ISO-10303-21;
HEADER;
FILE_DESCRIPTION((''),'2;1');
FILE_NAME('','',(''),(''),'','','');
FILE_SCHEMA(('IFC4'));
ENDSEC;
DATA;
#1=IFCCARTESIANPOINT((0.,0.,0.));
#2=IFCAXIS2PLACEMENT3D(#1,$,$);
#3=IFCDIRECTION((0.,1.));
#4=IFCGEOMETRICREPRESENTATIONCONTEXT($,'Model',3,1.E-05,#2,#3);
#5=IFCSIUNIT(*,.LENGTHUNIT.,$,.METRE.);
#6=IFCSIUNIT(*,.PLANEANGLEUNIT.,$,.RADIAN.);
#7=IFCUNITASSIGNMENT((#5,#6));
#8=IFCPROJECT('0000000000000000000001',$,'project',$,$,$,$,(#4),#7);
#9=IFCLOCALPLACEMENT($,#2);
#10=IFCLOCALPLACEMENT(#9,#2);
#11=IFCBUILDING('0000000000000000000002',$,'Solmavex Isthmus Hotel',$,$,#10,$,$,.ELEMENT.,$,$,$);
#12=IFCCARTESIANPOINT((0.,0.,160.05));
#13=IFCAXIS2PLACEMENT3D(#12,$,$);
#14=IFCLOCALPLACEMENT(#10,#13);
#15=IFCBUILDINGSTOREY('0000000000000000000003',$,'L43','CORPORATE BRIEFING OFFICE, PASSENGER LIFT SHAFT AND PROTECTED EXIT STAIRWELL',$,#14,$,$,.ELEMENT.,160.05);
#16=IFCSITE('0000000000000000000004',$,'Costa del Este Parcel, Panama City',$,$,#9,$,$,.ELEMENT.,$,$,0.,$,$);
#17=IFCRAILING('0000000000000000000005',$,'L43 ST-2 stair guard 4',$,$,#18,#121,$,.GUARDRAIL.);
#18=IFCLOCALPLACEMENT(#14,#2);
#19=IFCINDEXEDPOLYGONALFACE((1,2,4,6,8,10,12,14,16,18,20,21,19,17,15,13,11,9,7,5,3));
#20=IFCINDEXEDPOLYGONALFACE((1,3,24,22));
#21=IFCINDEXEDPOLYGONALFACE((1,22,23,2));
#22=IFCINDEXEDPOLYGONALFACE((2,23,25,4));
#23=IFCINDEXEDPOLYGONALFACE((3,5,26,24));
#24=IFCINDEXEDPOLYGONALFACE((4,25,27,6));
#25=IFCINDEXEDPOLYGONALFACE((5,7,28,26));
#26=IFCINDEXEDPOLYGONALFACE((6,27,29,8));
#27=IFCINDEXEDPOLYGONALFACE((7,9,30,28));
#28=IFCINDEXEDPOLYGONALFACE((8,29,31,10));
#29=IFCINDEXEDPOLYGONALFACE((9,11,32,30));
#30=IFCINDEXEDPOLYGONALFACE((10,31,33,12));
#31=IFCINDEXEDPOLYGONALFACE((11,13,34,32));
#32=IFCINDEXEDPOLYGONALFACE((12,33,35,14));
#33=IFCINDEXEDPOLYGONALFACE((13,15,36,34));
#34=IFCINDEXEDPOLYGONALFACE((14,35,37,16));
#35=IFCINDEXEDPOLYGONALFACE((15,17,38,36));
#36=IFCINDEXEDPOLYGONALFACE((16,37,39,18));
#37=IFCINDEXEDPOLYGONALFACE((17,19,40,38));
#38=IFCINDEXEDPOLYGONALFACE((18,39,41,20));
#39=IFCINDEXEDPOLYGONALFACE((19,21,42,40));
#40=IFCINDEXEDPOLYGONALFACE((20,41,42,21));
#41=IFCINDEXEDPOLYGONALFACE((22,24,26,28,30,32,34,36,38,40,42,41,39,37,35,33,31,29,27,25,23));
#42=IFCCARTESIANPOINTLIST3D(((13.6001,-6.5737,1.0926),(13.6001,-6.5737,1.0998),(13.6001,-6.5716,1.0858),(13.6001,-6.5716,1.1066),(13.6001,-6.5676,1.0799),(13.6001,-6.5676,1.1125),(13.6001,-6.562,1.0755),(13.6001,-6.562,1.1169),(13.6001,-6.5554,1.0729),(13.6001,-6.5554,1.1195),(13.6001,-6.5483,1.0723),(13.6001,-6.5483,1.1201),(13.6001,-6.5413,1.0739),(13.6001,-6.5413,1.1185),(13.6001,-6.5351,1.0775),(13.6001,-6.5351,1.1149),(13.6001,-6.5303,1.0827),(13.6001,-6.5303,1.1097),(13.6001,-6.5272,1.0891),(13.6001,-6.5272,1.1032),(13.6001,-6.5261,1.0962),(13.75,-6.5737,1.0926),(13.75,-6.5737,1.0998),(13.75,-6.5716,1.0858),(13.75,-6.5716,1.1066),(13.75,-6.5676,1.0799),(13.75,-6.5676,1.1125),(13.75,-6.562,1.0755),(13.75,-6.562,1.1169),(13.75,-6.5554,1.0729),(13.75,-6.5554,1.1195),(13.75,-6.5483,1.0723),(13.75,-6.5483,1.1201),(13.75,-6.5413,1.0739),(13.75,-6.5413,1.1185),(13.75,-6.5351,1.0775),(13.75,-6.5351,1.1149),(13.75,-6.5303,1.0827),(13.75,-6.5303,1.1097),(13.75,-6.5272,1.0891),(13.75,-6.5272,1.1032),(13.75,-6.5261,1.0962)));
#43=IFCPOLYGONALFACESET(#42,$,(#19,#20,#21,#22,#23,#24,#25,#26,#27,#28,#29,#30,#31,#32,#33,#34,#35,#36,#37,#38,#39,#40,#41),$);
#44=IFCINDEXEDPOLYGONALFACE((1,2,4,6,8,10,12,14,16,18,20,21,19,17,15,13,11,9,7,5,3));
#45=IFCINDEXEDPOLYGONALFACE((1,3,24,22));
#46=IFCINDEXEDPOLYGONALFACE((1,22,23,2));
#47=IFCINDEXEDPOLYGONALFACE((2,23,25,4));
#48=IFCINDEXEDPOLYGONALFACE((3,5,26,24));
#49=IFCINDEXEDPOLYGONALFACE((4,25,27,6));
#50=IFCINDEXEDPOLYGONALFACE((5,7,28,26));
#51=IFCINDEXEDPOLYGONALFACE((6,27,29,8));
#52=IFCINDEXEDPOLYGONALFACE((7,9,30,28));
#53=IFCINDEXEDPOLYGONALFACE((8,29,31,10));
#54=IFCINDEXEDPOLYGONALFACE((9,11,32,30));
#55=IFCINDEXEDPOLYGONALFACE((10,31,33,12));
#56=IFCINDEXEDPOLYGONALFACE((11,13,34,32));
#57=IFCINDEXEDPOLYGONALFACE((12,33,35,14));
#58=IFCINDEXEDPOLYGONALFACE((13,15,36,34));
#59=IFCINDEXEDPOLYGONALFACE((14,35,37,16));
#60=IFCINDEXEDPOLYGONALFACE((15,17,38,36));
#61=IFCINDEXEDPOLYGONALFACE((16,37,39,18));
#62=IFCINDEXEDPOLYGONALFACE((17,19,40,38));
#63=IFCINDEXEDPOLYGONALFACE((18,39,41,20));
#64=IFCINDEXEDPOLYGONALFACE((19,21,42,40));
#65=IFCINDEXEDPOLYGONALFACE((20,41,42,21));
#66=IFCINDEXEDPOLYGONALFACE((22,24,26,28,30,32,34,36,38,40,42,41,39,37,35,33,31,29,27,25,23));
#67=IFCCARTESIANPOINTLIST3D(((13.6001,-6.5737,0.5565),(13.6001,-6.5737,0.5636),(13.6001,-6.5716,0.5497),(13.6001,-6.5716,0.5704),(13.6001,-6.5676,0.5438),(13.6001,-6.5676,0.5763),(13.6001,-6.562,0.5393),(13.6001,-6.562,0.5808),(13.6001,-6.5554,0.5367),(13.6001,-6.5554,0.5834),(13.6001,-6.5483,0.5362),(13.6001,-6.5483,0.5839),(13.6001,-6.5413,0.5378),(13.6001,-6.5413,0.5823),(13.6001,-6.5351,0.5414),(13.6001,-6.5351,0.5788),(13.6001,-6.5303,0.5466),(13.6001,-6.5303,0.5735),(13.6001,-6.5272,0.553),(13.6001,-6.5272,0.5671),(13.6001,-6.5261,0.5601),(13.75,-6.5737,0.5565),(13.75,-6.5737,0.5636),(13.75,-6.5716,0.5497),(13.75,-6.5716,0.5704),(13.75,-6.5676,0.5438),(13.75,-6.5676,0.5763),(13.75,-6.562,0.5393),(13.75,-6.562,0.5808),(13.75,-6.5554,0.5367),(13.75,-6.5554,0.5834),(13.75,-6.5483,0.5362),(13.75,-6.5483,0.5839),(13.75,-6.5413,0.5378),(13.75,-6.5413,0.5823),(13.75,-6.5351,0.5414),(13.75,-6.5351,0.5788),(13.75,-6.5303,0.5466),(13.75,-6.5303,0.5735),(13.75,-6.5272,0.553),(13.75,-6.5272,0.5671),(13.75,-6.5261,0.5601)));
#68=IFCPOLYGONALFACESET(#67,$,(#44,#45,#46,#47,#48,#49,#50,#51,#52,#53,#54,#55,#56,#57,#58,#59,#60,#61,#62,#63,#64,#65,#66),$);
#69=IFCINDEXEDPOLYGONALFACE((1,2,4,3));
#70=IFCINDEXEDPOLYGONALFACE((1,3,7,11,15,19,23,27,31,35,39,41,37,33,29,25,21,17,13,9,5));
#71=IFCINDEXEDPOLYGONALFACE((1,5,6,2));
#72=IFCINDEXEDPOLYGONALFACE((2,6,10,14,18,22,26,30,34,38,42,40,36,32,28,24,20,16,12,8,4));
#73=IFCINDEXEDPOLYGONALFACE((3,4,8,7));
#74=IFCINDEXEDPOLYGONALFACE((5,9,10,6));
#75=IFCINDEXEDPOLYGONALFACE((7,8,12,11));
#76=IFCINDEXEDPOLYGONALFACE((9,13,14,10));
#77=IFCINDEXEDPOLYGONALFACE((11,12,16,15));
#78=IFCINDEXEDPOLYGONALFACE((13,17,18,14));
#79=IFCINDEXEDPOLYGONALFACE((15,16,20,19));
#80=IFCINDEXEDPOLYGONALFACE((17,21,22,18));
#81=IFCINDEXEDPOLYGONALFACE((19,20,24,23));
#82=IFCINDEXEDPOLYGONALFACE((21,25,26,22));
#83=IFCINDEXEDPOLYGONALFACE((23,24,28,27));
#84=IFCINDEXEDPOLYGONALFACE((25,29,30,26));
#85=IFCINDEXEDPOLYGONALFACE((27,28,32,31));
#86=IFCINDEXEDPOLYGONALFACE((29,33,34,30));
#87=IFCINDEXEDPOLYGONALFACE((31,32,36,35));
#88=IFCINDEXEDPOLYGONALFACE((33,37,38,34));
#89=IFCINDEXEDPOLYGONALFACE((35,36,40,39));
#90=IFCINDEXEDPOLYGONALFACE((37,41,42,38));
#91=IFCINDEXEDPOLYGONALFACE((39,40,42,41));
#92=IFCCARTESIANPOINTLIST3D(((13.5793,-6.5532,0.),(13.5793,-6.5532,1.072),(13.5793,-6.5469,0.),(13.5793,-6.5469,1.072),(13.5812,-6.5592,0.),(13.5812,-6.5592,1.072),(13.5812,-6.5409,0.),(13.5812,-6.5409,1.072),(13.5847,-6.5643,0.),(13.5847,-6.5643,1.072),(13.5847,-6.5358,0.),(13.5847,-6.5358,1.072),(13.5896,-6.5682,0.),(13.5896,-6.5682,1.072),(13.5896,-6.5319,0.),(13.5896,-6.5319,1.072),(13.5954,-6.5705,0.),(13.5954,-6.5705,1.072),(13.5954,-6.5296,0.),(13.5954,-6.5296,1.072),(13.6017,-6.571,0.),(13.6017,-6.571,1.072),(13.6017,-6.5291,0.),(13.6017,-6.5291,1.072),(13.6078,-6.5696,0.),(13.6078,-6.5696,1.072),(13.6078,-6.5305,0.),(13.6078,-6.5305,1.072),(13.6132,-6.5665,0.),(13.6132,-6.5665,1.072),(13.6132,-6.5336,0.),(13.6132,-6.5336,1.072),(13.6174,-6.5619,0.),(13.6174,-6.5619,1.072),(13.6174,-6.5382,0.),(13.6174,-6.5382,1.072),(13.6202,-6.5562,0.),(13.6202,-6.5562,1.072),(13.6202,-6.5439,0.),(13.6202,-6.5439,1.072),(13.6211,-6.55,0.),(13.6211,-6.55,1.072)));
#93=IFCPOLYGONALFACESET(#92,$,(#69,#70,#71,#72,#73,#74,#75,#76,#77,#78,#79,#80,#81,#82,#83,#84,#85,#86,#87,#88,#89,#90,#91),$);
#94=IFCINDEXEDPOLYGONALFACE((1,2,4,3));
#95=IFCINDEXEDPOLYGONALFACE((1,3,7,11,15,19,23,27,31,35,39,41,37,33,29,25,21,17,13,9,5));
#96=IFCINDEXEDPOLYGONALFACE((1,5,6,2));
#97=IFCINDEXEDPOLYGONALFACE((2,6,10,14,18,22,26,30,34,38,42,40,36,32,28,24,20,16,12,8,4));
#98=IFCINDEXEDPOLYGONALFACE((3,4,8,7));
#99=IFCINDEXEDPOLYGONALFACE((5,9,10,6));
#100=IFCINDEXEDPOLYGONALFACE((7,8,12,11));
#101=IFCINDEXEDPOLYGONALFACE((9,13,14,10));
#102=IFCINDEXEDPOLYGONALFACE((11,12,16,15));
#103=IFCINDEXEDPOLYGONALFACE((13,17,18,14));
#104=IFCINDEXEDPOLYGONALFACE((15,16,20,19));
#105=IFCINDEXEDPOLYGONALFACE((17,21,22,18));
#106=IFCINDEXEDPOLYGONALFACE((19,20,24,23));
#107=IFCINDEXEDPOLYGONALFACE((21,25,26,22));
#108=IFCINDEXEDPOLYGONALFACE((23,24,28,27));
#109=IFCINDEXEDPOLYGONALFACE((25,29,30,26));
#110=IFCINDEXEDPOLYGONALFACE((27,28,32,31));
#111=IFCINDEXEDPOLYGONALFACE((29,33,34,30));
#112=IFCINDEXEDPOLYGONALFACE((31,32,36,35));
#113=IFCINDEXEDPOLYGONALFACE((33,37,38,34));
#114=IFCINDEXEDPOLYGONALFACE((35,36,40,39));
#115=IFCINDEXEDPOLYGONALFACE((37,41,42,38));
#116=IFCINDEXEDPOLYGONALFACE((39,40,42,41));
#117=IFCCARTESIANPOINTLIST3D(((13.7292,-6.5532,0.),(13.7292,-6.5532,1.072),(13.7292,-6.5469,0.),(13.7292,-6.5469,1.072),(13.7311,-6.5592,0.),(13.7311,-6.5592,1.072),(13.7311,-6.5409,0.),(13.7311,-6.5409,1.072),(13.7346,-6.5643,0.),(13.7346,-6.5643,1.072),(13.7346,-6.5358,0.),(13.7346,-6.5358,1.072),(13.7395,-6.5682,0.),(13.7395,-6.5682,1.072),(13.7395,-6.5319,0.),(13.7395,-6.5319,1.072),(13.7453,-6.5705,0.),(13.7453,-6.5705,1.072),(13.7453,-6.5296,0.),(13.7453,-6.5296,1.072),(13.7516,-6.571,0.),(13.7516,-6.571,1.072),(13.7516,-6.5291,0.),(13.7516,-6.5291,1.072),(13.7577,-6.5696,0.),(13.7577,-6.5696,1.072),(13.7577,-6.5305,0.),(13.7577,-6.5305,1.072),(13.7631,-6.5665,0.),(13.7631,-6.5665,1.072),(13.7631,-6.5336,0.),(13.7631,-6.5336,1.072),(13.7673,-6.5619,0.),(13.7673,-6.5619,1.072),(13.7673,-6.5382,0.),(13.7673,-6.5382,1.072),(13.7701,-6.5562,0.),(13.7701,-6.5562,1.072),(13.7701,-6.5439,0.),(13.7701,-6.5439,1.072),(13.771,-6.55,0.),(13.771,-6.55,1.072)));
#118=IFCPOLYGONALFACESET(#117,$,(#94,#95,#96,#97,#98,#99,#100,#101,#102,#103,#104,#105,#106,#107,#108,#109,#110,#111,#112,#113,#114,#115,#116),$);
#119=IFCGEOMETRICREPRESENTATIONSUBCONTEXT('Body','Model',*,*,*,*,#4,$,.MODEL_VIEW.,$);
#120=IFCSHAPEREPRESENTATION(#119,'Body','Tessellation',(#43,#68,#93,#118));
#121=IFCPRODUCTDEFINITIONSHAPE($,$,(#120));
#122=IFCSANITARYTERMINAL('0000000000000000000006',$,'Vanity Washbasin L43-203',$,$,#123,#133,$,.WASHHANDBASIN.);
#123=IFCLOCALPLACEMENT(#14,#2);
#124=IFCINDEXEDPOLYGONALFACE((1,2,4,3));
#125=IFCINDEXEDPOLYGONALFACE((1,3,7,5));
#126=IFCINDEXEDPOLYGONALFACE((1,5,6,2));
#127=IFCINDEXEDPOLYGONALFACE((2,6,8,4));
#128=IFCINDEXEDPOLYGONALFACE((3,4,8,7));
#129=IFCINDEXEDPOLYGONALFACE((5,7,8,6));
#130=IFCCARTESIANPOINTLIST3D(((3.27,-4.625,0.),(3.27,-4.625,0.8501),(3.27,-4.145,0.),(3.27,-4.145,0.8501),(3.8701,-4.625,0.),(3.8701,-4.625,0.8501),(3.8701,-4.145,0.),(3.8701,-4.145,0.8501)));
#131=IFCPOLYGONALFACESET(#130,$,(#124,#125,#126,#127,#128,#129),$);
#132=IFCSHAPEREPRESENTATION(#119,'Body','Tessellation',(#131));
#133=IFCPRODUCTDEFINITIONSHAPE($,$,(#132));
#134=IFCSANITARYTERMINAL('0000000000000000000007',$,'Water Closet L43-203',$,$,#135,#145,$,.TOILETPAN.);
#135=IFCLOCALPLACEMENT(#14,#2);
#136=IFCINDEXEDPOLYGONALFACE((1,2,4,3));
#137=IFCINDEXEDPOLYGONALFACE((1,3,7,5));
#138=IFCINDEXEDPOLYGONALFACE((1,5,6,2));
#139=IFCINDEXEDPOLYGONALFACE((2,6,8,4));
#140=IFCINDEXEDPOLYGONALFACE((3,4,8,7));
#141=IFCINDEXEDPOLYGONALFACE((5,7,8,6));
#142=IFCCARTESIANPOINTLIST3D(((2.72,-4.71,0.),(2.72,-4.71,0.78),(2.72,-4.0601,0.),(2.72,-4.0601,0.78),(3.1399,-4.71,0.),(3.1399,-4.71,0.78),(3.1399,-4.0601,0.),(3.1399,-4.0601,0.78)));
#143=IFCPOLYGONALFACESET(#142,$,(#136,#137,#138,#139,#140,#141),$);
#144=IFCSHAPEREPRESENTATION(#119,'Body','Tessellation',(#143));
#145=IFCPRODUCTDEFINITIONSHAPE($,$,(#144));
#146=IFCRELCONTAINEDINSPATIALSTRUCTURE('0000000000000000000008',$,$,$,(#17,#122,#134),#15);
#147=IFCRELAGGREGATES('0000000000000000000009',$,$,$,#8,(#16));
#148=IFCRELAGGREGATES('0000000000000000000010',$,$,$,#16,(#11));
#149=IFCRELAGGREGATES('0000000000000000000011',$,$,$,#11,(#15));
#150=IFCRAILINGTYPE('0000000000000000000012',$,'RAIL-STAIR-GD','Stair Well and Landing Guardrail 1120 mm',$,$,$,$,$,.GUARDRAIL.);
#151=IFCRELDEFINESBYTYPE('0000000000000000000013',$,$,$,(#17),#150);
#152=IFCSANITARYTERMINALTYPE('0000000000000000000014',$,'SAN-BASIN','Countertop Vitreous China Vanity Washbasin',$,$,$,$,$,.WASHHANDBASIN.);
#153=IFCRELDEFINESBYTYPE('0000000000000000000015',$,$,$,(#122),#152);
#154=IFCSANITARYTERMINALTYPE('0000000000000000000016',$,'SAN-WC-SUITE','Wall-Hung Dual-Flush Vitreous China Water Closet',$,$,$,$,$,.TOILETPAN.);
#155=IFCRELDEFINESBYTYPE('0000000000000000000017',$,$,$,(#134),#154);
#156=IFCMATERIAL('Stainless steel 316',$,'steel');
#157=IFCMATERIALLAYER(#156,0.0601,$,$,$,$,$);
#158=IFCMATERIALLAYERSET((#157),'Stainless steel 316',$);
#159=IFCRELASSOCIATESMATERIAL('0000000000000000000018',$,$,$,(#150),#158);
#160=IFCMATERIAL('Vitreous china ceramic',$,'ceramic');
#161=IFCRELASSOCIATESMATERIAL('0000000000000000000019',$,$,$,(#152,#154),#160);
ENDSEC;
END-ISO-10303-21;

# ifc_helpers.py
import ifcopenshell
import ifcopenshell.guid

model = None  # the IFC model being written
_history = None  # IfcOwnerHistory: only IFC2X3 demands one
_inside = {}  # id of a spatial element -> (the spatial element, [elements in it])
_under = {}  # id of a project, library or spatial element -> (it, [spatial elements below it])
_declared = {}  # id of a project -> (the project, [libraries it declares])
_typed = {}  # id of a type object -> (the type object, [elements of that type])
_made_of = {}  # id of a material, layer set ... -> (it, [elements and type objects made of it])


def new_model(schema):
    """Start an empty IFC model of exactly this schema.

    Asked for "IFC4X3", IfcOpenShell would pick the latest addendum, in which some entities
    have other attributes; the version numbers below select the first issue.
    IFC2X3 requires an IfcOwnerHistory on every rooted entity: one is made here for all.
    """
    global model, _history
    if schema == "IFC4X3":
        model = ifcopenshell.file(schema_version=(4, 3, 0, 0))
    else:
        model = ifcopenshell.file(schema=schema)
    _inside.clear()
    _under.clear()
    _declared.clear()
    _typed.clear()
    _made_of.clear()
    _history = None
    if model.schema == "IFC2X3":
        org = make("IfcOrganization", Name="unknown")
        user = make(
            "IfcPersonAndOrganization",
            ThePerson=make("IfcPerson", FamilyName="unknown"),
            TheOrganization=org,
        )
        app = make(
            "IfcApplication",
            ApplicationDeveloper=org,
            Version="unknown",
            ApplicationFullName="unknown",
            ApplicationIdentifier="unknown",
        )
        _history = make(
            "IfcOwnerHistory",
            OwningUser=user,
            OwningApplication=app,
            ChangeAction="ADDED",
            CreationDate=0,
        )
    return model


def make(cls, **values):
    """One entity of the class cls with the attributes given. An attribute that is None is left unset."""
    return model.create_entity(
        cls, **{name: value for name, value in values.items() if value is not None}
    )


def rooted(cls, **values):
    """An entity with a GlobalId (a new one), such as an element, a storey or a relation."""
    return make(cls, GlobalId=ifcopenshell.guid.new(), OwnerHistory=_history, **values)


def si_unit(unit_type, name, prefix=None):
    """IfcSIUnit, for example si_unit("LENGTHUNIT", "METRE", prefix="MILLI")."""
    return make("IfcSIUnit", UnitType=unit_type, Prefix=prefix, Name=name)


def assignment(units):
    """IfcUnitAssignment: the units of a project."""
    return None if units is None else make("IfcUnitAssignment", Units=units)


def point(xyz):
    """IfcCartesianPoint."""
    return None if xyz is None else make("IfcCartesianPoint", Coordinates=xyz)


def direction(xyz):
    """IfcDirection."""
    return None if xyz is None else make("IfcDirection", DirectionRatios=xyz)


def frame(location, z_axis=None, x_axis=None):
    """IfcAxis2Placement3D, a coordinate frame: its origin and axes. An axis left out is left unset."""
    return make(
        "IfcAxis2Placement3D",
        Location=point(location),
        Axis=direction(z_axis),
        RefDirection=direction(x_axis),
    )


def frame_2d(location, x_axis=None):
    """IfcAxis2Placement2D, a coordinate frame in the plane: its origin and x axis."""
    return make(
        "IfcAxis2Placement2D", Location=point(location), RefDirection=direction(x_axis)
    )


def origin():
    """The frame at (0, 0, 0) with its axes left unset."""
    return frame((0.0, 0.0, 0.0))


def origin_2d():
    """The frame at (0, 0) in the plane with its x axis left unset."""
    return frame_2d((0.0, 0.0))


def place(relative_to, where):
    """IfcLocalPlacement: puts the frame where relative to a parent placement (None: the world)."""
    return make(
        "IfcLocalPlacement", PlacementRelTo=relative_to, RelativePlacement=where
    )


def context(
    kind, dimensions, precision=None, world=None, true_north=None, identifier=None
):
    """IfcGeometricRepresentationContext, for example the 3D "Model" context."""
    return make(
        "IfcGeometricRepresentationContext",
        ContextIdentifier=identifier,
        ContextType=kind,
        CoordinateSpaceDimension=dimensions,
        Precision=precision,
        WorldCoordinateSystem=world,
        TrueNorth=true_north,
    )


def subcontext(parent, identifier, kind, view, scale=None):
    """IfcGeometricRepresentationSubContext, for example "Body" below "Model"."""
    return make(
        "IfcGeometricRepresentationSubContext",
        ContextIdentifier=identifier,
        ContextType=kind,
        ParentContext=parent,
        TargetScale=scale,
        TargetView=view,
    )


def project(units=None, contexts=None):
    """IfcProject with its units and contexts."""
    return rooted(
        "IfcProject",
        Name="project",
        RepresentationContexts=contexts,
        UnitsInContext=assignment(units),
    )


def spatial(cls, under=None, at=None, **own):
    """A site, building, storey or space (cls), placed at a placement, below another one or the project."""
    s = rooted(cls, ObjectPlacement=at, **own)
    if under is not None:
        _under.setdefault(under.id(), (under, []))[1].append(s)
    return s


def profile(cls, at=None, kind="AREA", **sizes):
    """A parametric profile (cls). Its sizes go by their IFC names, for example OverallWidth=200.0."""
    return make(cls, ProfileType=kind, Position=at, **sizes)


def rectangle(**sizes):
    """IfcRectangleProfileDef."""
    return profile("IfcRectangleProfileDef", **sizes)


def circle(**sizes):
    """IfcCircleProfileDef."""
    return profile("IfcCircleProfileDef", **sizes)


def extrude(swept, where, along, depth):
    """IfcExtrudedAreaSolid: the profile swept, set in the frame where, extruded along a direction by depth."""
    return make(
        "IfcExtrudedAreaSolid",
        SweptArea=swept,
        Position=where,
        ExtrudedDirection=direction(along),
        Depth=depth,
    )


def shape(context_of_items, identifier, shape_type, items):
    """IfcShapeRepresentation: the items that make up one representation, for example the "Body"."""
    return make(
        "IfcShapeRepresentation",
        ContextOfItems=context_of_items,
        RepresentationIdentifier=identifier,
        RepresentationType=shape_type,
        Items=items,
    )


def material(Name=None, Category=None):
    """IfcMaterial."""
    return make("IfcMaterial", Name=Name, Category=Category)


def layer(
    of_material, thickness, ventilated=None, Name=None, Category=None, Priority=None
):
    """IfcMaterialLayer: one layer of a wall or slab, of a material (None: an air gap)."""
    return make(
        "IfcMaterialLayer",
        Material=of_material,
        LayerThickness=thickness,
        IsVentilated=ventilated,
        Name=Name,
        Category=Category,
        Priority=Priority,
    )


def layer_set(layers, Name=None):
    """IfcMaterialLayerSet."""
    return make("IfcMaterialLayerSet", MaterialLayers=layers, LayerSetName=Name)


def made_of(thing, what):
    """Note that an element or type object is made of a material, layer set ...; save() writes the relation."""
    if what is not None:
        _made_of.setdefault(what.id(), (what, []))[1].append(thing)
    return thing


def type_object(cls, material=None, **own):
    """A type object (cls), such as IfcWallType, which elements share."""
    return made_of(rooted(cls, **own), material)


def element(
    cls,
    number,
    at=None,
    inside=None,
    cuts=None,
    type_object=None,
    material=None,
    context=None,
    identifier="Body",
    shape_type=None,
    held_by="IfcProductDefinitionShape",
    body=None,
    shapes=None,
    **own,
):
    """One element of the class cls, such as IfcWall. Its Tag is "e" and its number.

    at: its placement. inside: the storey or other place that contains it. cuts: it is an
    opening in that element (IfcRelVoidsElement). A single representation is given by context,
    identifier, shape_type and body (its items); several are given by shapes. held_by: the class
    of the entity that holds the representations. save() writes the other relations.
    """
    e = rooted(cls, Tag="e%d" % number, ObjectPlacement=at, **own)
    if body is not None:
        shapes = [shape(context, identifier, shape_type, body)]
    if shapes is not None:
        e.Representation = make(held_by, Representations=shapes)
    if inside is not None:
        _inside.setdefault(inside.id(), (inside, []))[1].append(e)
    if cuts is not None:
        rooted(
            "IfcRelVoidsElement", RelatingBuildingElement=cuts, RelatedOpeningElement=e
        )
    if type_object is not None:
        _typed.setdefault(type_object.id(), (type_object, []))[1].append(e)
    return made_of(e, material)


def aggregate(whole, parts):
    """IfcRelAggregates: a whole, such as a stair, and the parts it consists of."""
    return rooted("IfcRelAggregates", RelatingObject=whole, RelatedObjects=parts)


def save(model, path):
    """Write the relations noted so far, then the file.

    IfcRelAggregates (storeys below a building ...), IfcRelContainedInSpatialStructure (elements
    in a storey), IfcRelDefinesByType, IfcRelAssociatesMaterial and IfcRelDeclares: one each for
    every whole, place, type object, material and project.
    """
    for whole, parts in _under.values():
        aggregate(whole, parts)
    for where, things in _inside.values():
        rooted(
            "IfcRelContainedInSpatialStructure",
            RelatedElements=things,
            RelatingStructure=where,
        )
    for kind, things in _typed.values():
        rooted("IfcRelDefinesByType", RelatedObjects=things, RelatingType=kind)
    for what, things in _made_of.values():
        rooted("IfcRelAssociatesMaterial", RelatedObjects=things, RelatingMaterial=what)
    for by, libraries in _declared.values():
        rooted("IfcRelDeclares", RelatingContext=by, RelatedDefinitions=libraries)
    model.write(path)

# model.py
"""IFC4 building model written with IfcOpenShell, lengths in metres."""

from ifc_helpers import new_model, si_unit, direction, frame, origin, origin_2d, place, context, subcontext, project, spatial, rectangle, circle, extrude, material, layer, layer_set, type_object, element, save


model = new_model("IFC4")

# Units and contexts
model_context = context("Model", 3, precision=1e-05, world=origin(), true_north=direction((0.0, 1.0)))
body_context = subcontext(model_context, "Body", "Model", "MODEL_VIEW")
ifc_project = project(units=[si_unit("LENGTHUNIT", "METRE"), si_unit("PLANEANGLEUNIT", "RADIAN")], contexts=[model_context])

# Site, building, storey
site_placement = place(None, origin())
site = spatial("IfcSite", under=ifc_project, at=site_placement, Name="Costa del Este Parcel, Panama City", CompositionType="ELEMENT", RefElevation=0.0)
building_placement = place(site_placement, origin())
building = spatial("IfcBuilding", under=site, at=building_placement, Name="Solmavex Isthmus Hotel", CompositionType="ELEMENT")
storey_placement = place(building_placement, frame((0.0, 0.0, 160.05)))
storey = spatial("IfcBuildingStorey", under=building, at=storey_placement, Name="L43", Description="CORPORATE BRIEFING OFFICE, PASSENGER LIFT SHAFT AND PROTECTED EXIT STAIRWELL", CompositionType="ELEMENT", Elevation=160.05)

# Shared definitions
ifc_material_1 = material(Name="Stainless steel 316", Category="steel")

# Railing
ifc_layer_1 = layer(ifc_material_1, 0.0601)
ifc_layer_set_1 = layer_set([ifc_layer_1], Name="Stainless steel 316")
railing_type_1 = type_object("IfcRailingType", Name="RAIL-STAIR-GD", Description="Stair Well and Landing Guardrail 1120 mm", PredefinedType="GUARDRAIL", material=ifc_layer_set_1)
for number, where, name in (
    (1, (13.6001, -6.55, 0.0), "L43 ST-2 stair guard 4"),
):
    element("IfcRailing", number, at=place(storey_placement, frame(where)), inside=storey, type_object=railing_type_1, Name=name, PredefinedType="GUARDRAIL", context=body_context, shape_type="SweptSolid", body=[
        extrude(circle(Radius=0.0239, at=origin_2d()), frame((0.0, 0.0, 1.0962), z_axis=(1.0, 0.0, 0.0), x_axis=(0.0, 1.0, 0.0)), (0.0, 0.0, 1.0), 0.1499),
        extrude(circle(Radius=0.0239, at=origin_2d()), frame((0.0, 0.0, 0.5601), z_axis=(1.0, 0.0, 0.0), x_axis=(0.0, 1.0, 0.0)), (0.0, 0.0, 1.0), 0.1499),
        extrude(circle(Radius=0.021, at=origin_2d()), origin(), (0.0, 0.0, 1.0), 1.072),
        extrude(circle(Radius=0.021, at=origin_2d()), frame((0.1499, 0.0, 0.0)), (0.0, 0.0, 1.0), 1.072),
    ])

# Sanitary terminals
ifc_material_2 = material(Name="Vitreous china ceramic", Category="ceramic")
sanitary_terminal_type_1 = type_object("IfcSanitaryTerminalType", Name="SAN-BASIN", Description="Countertop Vitreous China Vanity Washbasin", PredefinedType="WASHHANDBASIN", material=ifc_material_2)
sanitary_terminal_1_placement = place(storey_placement, frame((3.5701, -4.385, 0.0), z_axis=(0.0, 0.0, 1.0), x_axis=(1.0, 0.0, 0.0)))
element("IfcSanitaryTerminal", 2, at=sanitary_terminal_1_placement, inside=storey, type_object=sanitary_terminal_type_1, Name="Vanity Washbasin L43-203", PredefinedType="WASHHANDBASIN", context=body_context, shape_type="SweptSolid", body=[
    extrude(rectangle(XDim=0.6001, YDim=0.48, at=origin_2d()), origin(), (0.0, 0.0, 1.0), 0.8501),
])
sanitary_terminal_type_2 = type_object("IfcSanitaryTerminalType", Name="SAN-WC-SUITE", Description="Wall-Hung Dual-Flush Vitreous China Water Closet", PredefinedType="TOILETPAN", material=ifc_material_2)
sanitary_terminal_2_placement = place(storey_placement, frame((2.9299, -4.385, 0.0), z_axis=(0.0, 0.0, 1.0), x_axis=(1.0, 0.0, 0.0)))
element("IfcSanitaryTerminal", 3, at=sanitary_terminal_2_placement, inside=storey, type_object=sanitary_terminal_type_2, Name="Water Closet L43-203", PredefinedType="TOILETPAN", context=body_context, shape_type="SweptSolid", body=[
    extrude(rectangle(XDim=0.4199, YDim=0.6499, at=origin_2d()), origin(), (0.0, 0.0, 1.0), 0.78),
])

save(model, "model.ifc")
